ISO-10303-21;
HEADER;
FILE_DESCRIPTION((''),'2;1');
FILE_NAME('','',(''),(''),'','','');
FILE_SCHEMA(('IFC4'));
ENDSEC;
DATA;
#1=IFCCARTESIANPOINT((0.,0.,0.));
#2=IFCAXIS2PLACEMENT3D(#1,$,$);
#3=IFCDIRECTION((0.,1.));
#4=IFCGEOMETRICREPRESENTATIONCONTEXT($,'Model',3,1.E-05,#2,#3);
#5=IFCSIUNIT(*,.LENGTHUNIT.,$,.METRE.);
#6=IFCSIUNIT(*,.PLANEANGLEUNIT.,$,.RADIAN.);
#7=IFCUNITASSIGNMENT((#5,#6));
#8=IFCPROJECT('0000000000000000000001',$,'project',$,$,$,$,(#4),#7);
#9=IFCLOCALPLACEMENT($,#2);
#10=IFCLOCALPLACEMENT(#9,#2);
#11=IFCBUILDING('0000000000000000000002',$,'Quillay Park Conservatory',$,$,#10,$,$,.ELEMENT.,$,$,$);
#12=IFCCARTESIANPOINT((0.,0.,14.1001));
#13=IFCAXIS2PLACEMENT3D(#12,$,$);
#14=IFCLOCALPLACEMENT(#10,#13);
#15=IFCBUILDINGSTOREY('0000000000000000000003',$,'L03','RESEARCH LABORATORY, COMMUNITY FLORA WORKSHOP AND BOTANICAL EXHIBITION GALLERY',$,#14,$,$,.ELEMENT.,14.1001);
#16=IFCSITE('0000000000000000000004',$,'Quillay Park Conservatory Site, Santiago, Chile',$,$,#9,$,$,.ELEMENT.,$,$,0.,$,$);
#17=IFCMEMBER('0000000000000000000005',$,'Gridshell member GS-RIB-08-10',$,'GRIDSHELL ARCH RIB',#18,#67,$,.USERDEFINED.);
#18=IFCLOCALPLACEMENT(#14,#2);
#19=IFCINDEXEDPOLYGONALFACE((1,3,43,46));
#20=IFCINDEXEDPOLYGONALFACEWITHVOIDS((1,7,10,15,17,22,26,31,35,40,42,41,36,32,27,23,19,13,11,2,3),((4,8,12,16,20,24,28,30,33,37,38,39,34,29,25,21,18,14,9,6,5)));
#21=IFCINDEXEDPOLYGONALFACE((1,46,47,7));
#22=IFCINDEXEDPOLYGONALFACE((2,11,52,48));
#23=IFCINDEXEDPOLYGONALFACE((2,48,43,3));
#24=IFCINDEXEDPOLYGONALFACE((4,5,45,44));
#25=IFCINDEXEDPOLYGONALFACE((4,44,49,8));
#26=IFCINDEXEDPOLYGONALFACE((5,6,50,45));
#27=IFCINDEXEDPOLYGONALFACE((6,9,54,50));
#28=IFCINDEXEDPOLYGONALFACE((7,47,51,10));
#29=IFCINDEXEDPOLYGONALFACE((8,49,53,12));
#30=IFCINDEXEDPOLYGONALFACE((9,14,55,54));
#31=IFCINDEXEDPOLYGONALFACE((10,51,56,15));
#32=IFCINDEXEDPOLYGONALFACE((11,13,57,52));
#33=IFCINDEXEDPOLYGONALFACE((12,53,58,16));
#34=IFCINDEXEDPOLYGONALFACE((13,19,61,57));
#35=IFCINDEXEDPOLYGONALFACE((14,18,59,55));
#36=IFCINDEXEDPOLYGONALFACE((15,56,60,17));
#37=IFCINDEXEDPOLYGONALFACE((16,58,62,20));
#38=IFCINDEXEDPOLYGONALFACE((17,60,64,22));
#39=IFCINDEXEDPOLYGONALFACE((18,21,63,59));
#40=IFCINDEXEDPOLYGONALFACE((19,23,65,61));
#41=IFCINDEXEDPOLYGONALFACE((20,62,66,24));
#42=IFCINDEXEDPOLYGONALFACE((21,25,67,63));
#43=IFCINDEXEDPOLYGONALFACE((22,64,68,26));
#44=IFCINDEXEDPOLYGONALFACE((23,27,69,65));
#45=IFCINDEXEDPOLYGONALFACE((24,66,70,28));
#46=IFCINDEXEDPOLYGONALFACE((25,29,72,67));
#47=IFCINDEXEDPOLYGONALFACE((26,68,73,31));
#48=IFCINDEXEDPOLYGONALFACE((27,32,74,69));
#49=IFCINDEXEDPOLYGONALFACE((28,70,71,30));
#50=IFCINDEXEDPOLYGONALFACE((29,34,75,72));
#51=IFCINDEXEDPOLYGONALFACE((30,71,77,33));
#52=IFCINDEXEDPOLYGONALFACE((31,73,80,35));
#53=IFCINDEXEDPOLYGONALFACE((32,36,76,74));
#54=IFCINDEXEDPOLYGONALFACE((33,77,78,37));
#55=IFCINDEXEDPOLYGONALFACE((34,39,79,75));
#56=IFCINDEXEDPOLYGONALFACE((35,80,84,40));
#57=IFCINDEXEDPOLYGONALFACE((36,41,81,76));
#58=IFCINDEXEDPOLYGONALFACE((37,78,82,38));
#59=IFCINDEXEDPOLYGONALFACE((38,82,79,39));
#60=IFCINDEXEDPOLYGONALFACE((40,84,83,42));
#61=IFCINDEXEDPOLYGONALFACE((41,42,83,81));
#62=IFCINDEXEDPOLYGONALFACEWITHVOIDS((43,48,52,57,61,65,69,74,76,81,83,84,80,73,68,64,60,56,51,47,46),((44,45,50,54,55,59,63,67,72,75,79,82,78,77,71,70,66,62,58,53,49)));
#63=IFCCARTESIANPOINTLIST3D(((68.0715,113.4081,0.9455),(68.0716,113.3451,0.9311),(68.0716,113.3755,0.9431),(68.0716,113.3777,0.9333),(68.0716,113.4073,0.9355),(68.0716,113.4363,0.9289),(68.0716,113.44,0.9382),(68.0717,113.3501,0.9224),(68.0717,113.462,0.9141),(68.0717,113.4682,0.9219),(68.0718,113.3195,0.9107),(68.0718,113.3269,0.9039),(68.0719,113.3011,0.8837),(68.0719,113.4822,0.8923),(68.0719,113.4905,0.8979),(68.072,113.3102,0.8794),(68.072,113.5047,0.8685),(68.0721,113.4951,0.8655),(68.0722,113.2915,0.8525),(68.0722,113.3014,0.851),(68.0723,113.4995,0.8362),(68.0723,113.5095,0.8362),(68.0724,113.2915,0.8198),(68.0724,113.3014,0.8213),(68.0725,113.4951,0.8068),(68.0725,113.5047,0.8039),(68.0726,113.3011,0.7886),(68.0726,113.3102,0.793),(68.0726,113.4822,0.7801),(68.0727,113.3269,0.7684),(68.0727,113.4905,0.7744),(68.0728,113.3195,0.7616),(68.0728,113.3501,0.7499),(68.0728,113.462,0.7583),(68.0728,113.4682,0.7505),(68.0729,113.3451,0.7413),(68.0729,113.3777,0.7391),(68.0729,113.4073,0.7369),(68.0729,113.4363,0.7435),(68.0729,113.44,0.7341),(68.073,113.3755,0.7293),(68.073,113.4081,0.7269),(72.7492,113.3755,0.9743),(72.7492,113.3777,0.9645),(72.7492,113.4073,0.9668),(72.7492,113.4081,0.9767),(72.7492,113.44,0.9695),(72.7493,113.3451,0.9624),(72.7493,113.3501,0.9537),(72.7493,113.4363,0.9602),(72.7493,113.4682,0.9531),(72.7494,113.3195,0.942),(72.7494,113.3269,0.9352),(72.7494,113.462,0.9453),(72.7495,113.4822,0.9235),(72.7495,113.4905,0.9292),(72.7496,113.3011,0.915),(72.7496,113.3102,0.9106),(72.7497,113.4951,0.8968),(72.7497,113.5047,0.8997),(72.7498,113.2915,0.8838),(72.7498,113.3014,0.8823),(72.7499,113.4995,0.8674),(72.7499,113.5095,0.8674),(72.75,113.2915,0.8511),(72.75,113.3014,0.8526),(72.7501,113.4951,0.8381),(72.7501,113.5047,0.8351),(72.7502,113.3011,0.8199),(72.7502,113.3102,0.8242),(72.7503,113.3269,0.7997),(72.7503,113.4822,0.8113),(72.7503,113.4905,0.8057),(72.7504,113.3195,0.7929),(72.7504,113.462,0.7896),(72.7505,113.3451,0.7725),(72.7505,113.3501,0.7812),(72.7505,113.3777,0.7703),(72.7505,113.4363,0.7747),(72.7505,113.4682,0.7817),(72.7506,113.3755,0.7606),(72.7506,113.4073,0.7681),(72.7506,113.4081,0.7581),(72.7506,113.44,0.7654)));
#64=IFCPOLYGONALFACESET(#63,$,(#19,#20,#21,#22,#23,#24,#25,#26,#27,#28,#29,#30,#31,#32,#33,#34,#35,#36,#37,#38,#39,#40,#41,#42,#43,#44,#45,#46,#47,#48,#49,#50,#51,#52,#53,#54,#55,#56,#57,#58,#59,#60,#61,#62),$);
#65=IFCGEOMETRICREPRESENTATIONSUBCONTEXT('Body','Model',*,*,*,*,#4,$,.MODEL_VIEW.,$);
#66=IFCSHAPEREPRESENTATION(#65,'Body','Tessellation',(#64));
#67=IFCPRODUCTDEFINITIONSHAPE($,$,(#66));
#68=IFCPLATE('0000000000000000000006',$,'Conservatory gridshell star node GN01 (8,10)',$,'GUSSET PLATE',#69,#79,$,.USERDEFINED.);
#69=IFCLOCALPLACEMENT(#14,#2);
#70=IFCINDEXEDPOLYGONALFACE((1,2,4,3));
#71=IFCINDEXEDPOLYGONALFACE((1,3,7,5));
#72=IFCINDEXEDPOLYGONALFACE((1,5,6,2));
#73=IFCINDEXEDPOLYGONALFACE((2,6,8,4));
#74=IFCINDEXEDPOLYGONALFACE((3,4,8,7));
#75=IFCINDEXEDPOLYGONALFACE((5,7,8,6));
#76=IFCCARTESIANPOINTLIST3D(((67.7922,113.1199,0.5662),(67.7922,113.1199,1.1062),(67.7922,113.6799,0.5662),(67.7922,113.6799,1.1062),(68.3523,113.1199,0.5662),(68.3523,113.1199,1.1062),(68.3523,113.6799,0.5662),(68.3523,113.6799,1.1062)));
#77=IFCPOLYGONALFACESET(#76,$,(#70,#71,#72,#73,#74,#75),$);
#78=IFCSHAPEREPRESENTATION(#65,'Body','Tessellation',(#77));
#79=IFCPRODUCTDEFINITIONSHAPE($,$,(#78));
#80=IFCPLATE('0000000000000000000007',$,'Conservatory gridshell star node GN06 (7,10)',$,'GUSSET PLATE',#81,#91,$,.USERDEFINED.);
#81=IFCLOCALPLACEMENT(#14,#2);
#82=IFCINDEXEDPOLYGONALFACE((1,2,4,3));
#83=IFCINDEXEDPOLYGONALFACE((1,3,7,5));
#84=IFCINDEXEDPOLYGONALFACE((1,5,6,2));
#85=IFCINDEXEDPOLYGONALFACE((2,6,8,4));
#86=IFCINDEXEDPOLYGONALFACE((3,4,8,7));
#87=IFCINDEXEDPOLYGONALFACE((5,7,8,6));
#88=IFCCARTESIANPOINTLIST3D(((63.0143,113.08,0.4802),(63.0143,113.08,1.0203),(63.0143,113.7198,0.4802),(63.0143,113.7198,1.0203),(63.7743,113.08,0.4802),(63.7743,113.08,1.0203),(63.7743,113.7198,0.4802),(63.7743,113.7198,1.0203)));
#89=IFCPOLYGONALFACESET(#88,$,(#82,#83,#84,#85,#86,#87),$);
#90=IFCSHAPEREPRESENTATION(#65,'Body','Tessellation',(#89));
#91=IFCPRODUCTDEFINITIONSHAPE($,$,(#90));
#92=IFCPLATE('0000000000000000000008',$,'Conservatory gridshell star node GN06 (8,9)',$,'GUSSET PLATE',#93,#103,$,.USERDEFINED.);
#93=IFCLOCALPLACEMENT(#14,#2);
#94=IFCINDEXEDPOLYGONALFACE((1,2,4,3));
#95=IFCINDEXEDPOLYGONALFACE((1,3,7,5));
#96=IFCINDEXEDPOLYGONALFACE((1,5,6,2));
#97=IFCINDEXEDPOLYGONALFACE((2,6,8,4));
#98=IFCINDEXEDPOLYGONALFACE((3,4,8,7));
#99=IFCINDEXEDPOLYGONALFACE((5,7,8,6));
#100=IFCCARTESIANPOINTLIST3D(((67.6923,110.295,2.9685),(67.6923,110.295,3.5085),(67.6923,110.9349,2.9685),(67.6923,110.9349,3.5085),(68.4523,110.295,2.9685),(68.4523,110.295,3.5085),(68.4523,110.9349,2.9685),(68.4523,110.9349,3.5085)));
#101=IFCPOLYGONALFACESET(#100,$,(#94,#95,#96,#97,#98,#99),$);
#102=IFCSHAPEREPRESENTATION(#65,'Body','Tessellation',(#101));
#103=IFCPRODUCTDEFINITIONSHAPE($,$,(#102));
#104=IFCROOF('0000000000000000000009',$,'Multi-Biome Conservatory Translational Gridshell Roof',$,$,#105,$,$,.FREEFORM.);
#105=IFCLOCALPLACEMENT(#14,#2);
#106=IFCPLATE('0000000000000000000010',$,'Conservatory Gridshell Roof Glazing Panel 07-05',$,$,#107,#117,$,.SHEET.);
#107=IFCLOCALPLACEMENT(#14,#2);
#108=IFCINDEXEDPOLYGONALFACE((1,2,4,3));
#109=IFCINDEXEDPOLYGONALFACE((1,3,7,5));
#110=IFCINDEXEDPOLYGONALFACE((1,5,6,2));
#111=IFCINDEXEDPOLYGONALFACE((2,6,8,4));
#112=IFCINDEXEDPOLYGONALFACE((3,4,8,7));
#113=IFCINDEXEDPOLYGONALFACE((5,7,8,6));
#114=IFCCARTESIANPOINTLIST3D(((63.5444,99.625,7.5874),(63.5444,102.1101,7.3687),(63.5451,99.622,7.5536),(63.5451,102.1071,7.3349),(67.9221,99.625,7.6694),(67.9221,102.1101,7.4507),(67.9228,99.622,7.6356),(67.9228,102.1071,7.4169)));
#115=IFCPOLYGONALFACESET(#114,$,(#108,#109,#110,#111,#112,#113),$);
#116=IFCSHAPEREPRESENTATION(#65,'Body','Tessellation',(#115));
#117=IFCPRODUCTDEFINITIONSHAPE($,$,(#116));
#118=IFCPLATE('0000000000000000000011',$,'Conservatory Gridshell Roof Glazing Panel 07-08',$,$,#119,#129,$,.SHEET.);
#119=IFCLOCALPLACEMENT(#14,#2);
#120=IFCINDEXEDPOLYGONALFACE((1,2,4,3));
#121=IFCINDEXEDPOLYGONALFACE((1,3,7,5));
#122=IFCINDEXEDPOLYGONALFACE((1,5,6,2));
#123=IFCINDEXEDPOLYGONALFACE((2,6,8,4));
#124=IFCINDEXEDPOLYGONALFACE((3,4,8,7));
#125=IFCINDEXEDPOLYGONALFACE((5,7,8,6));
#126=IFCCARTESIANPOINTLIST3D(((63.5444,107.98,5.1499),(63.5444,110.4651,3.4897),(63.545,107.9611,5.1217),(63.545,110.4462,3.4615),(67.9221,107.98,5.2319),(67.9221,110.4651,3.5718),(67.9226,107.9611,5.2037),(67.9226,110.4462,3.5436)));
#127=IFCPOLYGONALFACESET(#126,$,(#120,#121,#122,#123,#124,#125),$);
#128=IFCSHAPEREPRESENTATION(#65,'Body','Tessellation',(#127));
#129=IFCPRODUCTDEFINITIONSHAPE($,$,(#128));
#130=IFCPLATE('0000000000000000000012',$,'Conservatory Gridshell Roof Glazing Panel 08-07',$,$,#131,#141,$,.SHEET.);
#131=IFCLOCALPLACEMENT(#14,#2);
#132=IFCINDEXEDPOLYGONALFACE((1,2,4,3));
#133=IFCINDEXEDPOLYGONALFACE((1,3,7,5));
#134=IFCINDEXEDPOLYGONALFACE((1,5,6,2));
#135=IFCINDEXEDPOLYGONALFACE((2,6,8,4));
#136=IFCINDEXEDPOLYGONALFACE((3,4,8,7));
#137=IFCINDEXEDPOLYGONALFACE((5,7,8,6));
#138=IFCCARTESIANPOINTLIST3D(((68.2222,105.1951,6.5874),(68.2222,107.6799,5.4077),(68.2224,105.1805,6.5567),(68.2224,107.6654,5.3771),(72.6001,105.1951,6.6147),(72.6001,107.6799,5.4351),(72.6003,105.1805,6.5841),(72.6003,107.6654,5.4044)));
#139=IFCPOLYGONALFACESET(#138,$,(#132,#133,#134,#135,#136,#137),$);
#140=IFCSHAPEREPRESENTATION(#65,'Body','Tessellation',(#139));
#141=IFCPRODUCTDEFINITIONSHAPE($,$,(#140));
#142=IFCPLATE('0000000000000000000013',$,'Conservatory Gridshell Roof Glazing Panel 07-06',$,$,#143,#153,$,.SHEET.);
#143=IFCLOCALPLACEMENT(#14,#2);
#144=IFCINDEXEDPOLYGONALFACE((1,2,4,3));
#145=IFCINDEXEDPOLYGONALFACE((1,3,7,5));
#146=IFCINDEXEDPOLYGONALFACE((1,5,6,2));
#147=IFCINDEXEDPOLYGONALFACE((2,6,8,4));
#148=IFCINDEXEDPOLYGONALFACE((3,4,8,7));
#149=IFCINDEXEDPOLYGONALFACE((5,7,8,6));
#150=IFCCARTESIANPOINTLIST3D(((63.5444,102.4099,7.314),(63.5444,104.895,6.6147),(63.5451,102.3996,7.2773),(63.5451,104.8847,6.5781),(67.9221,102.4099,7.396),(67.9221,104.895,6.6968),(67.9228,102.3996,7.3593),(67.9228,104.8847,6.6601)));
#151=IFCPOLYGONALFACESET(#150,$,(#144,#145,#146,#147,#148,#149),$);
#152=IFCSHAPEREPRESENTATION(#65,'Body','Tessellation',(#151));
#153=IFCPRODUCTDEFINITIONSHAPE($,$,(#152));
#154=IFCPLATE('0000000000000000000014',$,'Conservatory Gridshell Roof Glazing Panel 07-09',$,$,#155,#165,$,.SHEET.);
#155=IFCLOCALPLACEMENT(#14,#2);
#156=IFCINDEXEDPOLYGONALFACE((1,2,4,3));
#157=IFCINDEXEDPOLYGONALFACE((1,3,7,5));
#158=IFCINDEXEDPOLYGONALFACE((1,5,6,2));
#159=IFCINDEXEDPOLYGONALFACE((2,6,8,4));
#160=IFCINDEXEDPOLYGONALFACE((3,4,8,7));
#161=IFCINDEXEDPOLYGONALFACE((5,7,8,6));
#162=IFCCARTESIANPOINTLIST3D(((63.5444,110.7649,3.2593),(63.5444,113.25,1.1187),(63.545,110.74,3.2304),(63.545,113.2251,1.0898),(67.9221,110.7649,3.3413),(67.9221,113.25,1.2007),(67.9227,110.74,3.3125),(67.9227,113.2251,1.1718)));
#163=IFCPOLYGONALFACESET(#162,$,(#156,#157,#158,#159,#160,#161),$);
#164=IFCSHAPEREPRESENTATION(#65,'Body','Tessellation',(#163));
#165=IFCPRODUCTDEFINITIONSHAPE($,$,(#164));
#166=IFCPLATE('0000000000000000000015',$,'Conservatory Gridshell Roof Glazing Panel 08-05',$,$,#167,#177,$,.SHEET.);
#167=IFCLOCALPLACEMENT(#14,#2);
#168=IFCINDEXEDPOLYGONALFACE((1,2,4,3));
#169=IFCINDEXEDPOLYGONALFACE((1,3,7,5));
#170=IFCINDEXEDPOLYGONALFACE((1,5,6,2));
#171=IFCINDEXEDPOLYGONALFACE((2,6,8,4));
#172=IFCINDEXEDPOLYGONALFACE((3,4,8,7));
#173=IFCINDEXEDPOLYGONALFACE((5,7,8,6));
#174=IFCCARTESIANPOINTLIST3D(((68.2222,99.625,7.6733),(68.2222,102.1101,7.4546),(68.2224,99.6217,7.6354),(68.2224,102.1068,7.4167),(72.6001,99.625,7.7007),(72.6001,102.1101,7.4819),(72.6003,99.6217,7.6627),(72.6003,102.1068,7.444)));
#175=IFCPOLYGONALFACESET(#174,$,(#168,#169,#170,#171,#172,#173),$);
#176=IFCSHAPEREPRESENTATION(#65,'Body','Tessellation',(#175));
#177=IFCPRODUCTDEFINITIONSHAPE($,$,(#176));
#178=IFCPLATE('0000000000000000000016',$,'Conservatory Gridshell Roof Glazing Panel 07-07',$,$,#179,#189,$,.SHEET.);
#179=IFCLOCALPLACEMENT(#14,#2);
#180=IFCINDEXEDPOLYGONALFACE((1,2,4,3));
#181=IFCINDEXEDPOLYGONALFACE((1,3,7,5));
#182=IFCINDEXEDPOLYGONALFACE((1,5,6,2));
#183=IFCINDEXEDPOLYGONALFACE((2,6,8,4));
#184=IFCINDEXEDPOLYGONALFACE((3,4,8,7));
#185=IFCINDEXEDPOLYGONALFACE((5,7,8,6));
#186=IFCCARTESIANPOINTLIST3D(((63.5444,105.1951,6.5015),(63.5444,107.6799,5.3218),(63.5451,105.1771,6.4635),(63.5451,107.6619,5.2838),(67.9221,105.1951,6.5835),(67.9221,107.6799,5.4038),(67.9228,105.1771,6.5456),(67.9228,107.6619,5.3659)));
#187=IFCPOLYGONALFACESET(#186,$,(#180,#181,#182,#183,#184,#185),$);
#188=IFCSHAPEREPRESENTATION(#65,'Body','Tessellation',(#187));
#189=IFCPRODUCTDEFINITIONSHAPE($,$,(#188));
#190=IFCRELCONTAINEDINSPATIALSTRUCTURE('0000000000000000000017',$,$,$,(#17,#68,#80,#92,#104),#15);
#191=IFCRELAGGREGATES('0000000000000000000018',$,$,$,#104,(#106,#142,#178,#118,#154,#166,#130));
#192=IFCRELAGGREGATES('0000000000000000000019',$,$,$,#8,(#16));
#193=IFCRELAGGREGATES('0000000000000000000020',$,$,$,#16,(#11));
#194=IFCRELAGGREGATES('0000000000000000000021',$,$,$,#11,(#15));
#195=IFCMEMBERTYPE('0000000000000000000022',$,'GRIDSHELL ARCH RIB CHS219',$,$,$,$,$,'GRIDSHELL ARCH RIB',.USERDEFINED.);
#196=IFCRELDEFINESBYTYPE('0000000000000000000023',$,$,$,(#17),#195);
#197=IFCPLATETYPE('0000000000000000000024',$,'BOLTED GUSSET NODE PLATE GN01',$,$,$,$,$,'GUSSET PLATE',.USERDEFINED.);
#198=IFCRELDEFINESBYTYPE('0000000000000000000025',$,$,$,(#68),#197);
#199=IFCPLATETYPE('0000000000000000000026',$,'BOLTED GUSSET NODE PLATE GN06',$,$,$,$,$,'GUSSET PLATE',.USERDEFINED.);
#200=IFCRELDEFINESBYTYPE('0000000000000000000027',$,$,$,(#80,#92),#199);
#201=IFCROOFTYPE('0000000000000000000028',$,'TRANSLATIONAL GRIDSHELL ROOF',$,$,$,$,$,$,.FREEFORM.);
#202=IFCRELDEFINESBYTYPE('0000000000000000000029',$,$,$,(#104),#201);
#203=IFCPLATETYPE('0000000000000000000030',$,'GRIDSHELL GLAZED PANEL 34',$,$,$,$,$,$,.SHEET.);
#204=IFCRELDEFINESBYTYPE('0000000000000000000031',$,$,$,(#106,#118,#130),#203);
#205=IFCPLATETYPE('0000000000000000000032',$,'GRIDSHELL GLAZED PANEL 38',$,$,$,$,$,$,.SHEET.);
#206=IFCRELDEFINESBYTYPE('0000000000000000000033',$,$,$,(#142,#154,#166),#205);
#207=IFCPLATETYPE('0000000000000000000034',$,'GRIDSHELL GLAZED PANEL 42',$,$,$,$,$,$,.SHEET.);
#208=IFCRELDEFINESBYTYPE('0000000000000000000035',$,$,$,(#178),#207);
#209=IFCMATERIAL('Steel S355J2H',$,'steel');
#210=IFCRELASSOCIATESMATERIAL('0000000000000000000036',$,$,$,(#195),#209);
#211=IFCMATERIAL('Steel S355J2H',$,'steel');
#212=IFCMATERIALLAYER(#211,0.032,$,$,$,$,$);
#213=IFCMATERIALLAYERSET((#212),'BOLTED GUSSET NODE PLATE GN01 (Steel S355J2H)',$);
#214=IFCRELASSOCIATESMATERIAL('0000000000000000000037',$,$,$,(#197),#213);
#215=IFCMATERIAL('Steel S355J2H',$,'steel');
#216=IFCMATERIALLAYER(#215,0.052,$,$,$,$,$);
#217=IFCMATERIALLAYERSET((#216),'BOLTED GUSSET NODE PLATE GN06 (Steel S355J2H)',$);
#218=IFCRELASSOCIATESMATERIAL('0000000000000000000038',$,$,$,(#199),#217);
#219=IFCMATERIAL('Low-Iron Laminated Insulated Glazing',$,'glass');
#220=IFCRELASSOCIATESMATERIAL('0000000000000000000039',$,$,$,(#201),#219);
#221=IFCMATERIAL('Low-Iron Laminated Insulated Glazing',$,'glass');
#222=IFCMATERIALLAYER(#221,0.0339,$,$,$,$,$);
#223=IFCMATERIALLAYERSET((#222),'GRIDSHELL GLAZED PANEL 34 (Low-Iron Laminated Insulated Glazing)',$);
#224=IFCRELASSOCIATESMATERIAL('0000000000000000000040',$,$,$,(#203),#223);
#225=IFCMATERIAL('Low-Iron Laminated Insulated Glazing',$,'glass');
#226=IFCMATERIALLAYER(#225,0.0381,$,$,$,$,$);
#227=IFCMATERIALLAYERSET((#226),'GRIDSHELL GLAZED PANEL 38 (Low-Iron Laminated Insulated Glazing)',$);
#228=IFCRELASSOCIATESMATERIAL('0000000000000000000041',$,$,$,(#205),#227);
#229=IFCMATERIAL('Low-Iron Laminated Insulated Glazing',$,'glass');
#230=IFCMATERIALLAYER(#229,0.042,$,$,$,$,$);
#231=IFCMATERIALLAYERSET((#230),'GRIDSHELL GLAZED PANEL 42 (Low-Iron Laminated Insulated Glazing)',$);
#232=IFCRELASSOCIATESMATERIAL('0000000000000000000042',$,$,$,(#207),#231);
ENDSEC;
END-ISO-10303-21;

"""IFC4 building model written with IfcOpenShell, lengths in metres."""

from ifc_helpers import new_model, si_unit, direction, frame, origin, origin_2d, place, context, subcontext, project, spatial, polyline, rectangle, hollow_circle, outline, extrude, material, layer, layer_set, material_profile, profile_set, type_object, element, aggregate, save


model = new_model("IFC4")

# Units and contexts
model_context = context("Model", 3, precision=1e-05, world=origin(), true_north=direction((0.0, 1.0)))
body_context = subcontext(model_context, "Body", "Model", "MODEL_VIEW")
ifc_project = project(units=[si_unit("LENGTHUNIT", "METRE"), si_unit("PLANEANGLEUNIT", "RADIAN")], contexts=[model_context])

# Site, building, storey
site_placement = place(None, origin())
site = spatial("IfcSite", under=ifc_project, at=site_placement, Name="Quillay Park Conservatory Site, Santiago, Chile", CompositionType="ELEMENT", RefElevation=0.0)
building_placement = place(site_placement, origin())
building = spatial("IfcBuilding", under=site, at=building_placement, Name="Quillay Park Conservatory", CompositionType="ELEMENT")
storey_placement = place(building_placement, frame((0.0, 0.0, 14.1001)))
storey = spatial("IfcBuildingStorey", under=building, at=storey_placement, Name="L03", Description="RESEARCH LABORATORY, COMMUNITY FLORA WORKSHOP AND BOTANICAL EXHIBITION GALLERY", CompositionType="ELEMENT", Elevation=14.1001)

# Member
ifc_material_1 = material(Name="Steel S355J2H", Category="steel")
ifc_material_profile_1 = material_profile(ifc_material_1, hollow_circle(Radius=0.1096, WallThickness=0.01, at=origin_2d()), Name="CHS219.1x10")
ifc_profile_set_1 = profile_set([ifc_material_profile_1], Name="Steel S355J2H")
member_type = type_object("IfcMemberType", Name="GRIDSHELL ARCH RIB CHS219", ElementType="GRIDSHELL ARCH RIB", PredefinedType="USERDEFINED", material=ifc_profile_set_1)
member_1_placement = place(storey_placement, frame((68.0723, 113.3999, 0.8362), z_axis=(0.999978, 0.0, 0.00668), x_axis=(0.0, 1.0, 0.0)))
element("IfcMember", 1, at=member_1_placement, inside=storey, type_object=member_type, Name="Gridshell member GS-RIB-08-10", ObjectType="GRIDSHELL ARCH RIB", PredefinedType="USERDEFINED", context=body_context, shape_type="SweptSolid", body=[
    extrude(hollow_circle(Radius=0.1096, WallThickness=0.01, at=origin_2d()), origin(), (0.0, 0.0, 1.0), 4.6777),
])

# Plates
ifc_material_2 = material(Name="Steel S355J2H", Category="steel")
ifc_layer_1 = layer(ifc_material_2, 0.032)
ifc_layer_set_1 = layer_set([ifc_layer_1], Name="BOLTED GUSSET NODE PLATE GN01 (Steel S355J2H)")
plate_type_1 = type_object("IfcPlateType", Name="BOLTED GUSSET NODE PLATE GN01", ElementType="GUSSET PLATE", PredefinedType="USERDEFINED", material=ifc_layer_set_1)
plate_1_placement = place(storey_placement, frame((68.0723, 113.3999, 0.5662), z_axis=(0.0, 0.0, 1.0), x_axis=(1.0, 0.0, 0.0)))
element("IfcPlate", 2, at=plate_1_placement, inside=storey, type_object=plate_type_1, Name="Conservatory gridshell star node GN01 (8,10)", ObjectType="GUSSET PLATE", PredefinedType="USERDEFINED", context=body_context, shape_type="SweptSolid", body=[
    extrude(rectangle(XDim=0.5601, YDim=0.5601, at=origin_2d()), origin(), (0.0, 0.0, 1.0), 0.54),
])
ifc_material_3 = material(Name="Steel S355J2H", Category="steel")
ifc_layer_2 = layer(ifc_material_3, 0.052)
ifc_layer_set_2 = layer_set([ifc_layer_2], Name="BOLTED GUSSET NODE PLATE GN06 (Steel S355J2H)")
plate_type_2 = type_object("IfcPlateType", Name="BOLTED GUSSET NODE PLATE GN06", ElementType="GUSSET PLATE", PredefinedType="USERDEFINED", material=ifc_layer_set_2)
for number, where, z_axis, x_axis, name in (
    (3, (63.3943, 113.3999, 0.4802), (0.0, 0.0, 1.0), (1.0, 0.0, 0.0), "Conservatory gridshell star node GN06 (7,10)"),
    (4, (68.0723, 110.615, 2.9685), (0.0, 0.0, 1.0), (1.0, 0.0, 0.0), "Conservatory gridshell star node GN06 (8,9)"),
):
    element("IfcPlate", number, at=place(storey_placement, frame(where, z_axis=z_axis, x_axis=x_axis)), inside=storey, type_object=plate_type_2, Name=name, ObjectType="GUSSET PLATE", PredefinedType="USERDEFINED", context=body_context, shape_type="SweptSolid", body=[
        extrude(rectangle(XDim=0.76, YDim=0.6399, at=origin_2d()), origin(), (0.0, 0.0, 1.0), 0.54),
    ])

# Roof, plates
ifc_material_4 = material(Name="Low-Iron Laminated Insulated Glazing", Category="glass")
roof_type = type_object("IfcRoofType", Name="TRANSLATIONAL GRIDSHELL ROOF", PredefinedType="FREEFORM", material=ifc_material_4)
roof_placement = place(storey_placement, origin())
roof = element("IfcRoof", 5, at=roof_placement, inside=storey, type_object=roof_type, Name="Multi-Biome Conservatory Translational Gridshell Roof", PredefinedType="FREEFORM")
ifc_material_5 = material(Name="Low-Iron Laminated Insulated Glazing", Category="glass")
ifc_layer_3 = layer(ifc_material_5, 0.0339)
ifc_layer_set_3 = layer_set([ifc_layer_3], Name="GRIDSHELL GLAZED PANEL 34 (Low-Iron Laminated Insulated Glazing)")
plate_type_3 = type_object("IfcPlateType", Name="GRIDSHELL GLAZED PANEL 34", PredefinedType="SHEET", material=ifc_layer_set_3)
plate_2_placement = place(storey_placement, frame((63.5444, 99.625, 7.5874), z_axis=(-0.018663, 0.08767, 0.995975), x_axis=(0.999824, 0.0, 0.018735)))
plate_2 = element("IfcPlate", 6, at=plate_2_placement, type_object=plate_type_3, Name="Conservatory Gridshell Roof Glazing Panel 07-05", PredefinedType="SHEET", context=body_context, shape_type="SweptSolid", body=[
    extrude(outline(polyline([(0.0, 0.0), (4.3785, 0.0), (4.3744, 2.4947), (-0.0041, 2.4947), (0.0, 0.0)])), origin(), (0.0, 0.0, -1.0), 0.0339),
])
plate_3_placement = place(storey_placement, frame((63.5444, 107.98, 5.1499), z_axis=(-0.01558, 0.555424, 0.831421), x_axis=(0.999824, 0.0, 0.018735)))
plate_3 = element("IfcPlate", 7, at=plate_3_placement, type_object=plate_type_3, Name="Conservatory Gridshell Roof Glazing Panel 07-08", PredefinedType="SHEET", context=body_context, shape_type="SweptSolid", body=[
    extrude(outline(polyline([(0.0, 0.0), (4.3785, 0.0), (4.3474, 2.9885), (-0.0311, 2.9885), (0.0, 0.0)])), origin(), (0.0, 0.0, -1.0), 0.0339),
])
plate_4_placement = place(storey_placement, frame((68.2222, 105.1951, 6.5874), z_axis=(-0.005642, 0.428865, 0.903351), x_axis=(0.99998, 0.0, 0.006246)))
plate_4 = element("IfcPlate", 8, at=plate_4_placement, type_object=plate_type_3, Name="Conservatory Gridshell Roof Glazing Panel 08-07", PredefinedType="SHEET", context=body_context, shape_type="SweptSolid", body=[
    extrude(outline(polyline([(0.0, 0.0), (4.378, 0.0), (4.3706, 2.7507), (-0.0074, 2.7507), (0.0, 0.0)])), origin(), (0.0, 0.0, -1.0), 0.0339),
])
ifc_material_6 = material(Name="Low-Iron Laminated Insulated Glazing", Category="glass")
ifc_layer_4 = layer(ifc_material_6, 0.0381)
ifc_layer_set_4 = layer_set([ifc_layer_4], Name="GRIDSHELL GLAZED PANEL 38 (Low-Iron Laminated Insulated Glazing)")
plate_type_4 = type_object("IfcPlateType", Name="GRIDSHELL GLAZED PANEL 38", PredefinedType="SHEET", material=ifc_layer_set_4)
plate_5_placement = place(storey_placement, frame((63.5444, 102.4099, 7.314), z_axis=(-0.018035, 0.270803, 0.962466), x_axis=(0.999824, 0.0, 0.018735)))
plate_5 = element("IfcPlate", 9, at=plate_5_placement, type_object=plate_type_4, Name="Conservatory Gridshell Roof Glazing Panel 07-06", PredefinedType="SHEET", context=body_context, shape_type="SweptSolid", body=[
    extrude(outline(polyline([(0.0, 0.0), (4.3785, 0.0), (4.3654, 2.5816), (-0.0131, 2.5816), (0.0, 0.0)])), origin(), (0.0, 0.0, -1.0), 0.0381),
])
plate_6_placement = place(storey_placement, frame((63.5444, 110.7649, 3.2593), z_axis=(-0.014196, 0.652575, 0.757591), x_axis=(0.999824, 0.0, 0.018735)))
plate_6 = element("IfcPlate", 10, at=plate_6_placement, type_object=plate_type_4, Name="Conservatory Gridshell Roof Glazing Panel 07-09", PredefinedType="SHEET", context=body_context, shape_type="SweptSolid", body=[
    extrude(outline(polyline([(0.0, 0.0), (4.3785, 0.0), (4.3383, 3.2797), (-0.0401, 3.2797), (0.0, 0.0)])), origin(), (0.0, 0.0, -1.0), 0.0381),
])
plate_7_placement = place(storey_placement, frame((68.2222, 99.625, 7.6733), z_axis=(-0.006222, 0.087684, 0.996129), x_axis=(0.99998, 0.0, 0.006246)))
plate_7 = element("IfcPlate", 11, at=plate_7_placement, type_object=plate_type_4, Name="Conservatory Gridshell Roof Glazing Panel 08-05", PredefinedType="SHEET", context=body_context, shape_type="SweptSolid", body=[
    extrude(outline(polyline([(0.0, 0.0), (4.378, 0.0), (4.3766, 2.4947), (-0.0014, 2.4947), (0.0, 0.0)])), origin(), (0.0, 0.0, -1.0), 0.0381),
])
ifc_material_7 = material(Name="Low-Iron Laminated Insulated Glazing", Category="glass")
ifc_layer_5 = layer(ifc_material_7, 0.042)
ifc_layer_set_5 = layer_set([ifc_layer_5], Name="GRIDSHELL GLAZED PANEL 42 (Low-Iron Laminated Insulated Glazing)")
plate_type_5 = type_object("IfcPlateType", Name="GRIDSHELL GLAZED PANEL 42", PredefinedType="SHEET", material=ifc_layer_set_5)
plate_8_placement = place(storey_placement, frame((63.5444, 105.1951, 6.5015), z_axis=(-0.016925, 0.428811, 0.903236), x_axis=(0.999824, 0.0, 0.018735)))
plate_8 = element("IfcPlate", 12, at=plate_8_placement, type_object=plate_type_5, Name="Conservatory Gridshell Roof Glazing Panel 07-07", PredefinedType="SHEET", context=body_context, shape_type="SweptSolid", body=[
    extrude(outline(polyline([(0.0, 0.0), (4.3785, 0.0), (4.3564, 2.7506), (-0.0221, 2.7506), (0.0, 0.0)])), origin(), (0.0, 0.0, -1.0), 0.042),
])
aggregate(roof, [plate_2, plate_5, plate_8, plate_3, plate_6, plate_7, plate_4])

save(model, "model.ifc")
